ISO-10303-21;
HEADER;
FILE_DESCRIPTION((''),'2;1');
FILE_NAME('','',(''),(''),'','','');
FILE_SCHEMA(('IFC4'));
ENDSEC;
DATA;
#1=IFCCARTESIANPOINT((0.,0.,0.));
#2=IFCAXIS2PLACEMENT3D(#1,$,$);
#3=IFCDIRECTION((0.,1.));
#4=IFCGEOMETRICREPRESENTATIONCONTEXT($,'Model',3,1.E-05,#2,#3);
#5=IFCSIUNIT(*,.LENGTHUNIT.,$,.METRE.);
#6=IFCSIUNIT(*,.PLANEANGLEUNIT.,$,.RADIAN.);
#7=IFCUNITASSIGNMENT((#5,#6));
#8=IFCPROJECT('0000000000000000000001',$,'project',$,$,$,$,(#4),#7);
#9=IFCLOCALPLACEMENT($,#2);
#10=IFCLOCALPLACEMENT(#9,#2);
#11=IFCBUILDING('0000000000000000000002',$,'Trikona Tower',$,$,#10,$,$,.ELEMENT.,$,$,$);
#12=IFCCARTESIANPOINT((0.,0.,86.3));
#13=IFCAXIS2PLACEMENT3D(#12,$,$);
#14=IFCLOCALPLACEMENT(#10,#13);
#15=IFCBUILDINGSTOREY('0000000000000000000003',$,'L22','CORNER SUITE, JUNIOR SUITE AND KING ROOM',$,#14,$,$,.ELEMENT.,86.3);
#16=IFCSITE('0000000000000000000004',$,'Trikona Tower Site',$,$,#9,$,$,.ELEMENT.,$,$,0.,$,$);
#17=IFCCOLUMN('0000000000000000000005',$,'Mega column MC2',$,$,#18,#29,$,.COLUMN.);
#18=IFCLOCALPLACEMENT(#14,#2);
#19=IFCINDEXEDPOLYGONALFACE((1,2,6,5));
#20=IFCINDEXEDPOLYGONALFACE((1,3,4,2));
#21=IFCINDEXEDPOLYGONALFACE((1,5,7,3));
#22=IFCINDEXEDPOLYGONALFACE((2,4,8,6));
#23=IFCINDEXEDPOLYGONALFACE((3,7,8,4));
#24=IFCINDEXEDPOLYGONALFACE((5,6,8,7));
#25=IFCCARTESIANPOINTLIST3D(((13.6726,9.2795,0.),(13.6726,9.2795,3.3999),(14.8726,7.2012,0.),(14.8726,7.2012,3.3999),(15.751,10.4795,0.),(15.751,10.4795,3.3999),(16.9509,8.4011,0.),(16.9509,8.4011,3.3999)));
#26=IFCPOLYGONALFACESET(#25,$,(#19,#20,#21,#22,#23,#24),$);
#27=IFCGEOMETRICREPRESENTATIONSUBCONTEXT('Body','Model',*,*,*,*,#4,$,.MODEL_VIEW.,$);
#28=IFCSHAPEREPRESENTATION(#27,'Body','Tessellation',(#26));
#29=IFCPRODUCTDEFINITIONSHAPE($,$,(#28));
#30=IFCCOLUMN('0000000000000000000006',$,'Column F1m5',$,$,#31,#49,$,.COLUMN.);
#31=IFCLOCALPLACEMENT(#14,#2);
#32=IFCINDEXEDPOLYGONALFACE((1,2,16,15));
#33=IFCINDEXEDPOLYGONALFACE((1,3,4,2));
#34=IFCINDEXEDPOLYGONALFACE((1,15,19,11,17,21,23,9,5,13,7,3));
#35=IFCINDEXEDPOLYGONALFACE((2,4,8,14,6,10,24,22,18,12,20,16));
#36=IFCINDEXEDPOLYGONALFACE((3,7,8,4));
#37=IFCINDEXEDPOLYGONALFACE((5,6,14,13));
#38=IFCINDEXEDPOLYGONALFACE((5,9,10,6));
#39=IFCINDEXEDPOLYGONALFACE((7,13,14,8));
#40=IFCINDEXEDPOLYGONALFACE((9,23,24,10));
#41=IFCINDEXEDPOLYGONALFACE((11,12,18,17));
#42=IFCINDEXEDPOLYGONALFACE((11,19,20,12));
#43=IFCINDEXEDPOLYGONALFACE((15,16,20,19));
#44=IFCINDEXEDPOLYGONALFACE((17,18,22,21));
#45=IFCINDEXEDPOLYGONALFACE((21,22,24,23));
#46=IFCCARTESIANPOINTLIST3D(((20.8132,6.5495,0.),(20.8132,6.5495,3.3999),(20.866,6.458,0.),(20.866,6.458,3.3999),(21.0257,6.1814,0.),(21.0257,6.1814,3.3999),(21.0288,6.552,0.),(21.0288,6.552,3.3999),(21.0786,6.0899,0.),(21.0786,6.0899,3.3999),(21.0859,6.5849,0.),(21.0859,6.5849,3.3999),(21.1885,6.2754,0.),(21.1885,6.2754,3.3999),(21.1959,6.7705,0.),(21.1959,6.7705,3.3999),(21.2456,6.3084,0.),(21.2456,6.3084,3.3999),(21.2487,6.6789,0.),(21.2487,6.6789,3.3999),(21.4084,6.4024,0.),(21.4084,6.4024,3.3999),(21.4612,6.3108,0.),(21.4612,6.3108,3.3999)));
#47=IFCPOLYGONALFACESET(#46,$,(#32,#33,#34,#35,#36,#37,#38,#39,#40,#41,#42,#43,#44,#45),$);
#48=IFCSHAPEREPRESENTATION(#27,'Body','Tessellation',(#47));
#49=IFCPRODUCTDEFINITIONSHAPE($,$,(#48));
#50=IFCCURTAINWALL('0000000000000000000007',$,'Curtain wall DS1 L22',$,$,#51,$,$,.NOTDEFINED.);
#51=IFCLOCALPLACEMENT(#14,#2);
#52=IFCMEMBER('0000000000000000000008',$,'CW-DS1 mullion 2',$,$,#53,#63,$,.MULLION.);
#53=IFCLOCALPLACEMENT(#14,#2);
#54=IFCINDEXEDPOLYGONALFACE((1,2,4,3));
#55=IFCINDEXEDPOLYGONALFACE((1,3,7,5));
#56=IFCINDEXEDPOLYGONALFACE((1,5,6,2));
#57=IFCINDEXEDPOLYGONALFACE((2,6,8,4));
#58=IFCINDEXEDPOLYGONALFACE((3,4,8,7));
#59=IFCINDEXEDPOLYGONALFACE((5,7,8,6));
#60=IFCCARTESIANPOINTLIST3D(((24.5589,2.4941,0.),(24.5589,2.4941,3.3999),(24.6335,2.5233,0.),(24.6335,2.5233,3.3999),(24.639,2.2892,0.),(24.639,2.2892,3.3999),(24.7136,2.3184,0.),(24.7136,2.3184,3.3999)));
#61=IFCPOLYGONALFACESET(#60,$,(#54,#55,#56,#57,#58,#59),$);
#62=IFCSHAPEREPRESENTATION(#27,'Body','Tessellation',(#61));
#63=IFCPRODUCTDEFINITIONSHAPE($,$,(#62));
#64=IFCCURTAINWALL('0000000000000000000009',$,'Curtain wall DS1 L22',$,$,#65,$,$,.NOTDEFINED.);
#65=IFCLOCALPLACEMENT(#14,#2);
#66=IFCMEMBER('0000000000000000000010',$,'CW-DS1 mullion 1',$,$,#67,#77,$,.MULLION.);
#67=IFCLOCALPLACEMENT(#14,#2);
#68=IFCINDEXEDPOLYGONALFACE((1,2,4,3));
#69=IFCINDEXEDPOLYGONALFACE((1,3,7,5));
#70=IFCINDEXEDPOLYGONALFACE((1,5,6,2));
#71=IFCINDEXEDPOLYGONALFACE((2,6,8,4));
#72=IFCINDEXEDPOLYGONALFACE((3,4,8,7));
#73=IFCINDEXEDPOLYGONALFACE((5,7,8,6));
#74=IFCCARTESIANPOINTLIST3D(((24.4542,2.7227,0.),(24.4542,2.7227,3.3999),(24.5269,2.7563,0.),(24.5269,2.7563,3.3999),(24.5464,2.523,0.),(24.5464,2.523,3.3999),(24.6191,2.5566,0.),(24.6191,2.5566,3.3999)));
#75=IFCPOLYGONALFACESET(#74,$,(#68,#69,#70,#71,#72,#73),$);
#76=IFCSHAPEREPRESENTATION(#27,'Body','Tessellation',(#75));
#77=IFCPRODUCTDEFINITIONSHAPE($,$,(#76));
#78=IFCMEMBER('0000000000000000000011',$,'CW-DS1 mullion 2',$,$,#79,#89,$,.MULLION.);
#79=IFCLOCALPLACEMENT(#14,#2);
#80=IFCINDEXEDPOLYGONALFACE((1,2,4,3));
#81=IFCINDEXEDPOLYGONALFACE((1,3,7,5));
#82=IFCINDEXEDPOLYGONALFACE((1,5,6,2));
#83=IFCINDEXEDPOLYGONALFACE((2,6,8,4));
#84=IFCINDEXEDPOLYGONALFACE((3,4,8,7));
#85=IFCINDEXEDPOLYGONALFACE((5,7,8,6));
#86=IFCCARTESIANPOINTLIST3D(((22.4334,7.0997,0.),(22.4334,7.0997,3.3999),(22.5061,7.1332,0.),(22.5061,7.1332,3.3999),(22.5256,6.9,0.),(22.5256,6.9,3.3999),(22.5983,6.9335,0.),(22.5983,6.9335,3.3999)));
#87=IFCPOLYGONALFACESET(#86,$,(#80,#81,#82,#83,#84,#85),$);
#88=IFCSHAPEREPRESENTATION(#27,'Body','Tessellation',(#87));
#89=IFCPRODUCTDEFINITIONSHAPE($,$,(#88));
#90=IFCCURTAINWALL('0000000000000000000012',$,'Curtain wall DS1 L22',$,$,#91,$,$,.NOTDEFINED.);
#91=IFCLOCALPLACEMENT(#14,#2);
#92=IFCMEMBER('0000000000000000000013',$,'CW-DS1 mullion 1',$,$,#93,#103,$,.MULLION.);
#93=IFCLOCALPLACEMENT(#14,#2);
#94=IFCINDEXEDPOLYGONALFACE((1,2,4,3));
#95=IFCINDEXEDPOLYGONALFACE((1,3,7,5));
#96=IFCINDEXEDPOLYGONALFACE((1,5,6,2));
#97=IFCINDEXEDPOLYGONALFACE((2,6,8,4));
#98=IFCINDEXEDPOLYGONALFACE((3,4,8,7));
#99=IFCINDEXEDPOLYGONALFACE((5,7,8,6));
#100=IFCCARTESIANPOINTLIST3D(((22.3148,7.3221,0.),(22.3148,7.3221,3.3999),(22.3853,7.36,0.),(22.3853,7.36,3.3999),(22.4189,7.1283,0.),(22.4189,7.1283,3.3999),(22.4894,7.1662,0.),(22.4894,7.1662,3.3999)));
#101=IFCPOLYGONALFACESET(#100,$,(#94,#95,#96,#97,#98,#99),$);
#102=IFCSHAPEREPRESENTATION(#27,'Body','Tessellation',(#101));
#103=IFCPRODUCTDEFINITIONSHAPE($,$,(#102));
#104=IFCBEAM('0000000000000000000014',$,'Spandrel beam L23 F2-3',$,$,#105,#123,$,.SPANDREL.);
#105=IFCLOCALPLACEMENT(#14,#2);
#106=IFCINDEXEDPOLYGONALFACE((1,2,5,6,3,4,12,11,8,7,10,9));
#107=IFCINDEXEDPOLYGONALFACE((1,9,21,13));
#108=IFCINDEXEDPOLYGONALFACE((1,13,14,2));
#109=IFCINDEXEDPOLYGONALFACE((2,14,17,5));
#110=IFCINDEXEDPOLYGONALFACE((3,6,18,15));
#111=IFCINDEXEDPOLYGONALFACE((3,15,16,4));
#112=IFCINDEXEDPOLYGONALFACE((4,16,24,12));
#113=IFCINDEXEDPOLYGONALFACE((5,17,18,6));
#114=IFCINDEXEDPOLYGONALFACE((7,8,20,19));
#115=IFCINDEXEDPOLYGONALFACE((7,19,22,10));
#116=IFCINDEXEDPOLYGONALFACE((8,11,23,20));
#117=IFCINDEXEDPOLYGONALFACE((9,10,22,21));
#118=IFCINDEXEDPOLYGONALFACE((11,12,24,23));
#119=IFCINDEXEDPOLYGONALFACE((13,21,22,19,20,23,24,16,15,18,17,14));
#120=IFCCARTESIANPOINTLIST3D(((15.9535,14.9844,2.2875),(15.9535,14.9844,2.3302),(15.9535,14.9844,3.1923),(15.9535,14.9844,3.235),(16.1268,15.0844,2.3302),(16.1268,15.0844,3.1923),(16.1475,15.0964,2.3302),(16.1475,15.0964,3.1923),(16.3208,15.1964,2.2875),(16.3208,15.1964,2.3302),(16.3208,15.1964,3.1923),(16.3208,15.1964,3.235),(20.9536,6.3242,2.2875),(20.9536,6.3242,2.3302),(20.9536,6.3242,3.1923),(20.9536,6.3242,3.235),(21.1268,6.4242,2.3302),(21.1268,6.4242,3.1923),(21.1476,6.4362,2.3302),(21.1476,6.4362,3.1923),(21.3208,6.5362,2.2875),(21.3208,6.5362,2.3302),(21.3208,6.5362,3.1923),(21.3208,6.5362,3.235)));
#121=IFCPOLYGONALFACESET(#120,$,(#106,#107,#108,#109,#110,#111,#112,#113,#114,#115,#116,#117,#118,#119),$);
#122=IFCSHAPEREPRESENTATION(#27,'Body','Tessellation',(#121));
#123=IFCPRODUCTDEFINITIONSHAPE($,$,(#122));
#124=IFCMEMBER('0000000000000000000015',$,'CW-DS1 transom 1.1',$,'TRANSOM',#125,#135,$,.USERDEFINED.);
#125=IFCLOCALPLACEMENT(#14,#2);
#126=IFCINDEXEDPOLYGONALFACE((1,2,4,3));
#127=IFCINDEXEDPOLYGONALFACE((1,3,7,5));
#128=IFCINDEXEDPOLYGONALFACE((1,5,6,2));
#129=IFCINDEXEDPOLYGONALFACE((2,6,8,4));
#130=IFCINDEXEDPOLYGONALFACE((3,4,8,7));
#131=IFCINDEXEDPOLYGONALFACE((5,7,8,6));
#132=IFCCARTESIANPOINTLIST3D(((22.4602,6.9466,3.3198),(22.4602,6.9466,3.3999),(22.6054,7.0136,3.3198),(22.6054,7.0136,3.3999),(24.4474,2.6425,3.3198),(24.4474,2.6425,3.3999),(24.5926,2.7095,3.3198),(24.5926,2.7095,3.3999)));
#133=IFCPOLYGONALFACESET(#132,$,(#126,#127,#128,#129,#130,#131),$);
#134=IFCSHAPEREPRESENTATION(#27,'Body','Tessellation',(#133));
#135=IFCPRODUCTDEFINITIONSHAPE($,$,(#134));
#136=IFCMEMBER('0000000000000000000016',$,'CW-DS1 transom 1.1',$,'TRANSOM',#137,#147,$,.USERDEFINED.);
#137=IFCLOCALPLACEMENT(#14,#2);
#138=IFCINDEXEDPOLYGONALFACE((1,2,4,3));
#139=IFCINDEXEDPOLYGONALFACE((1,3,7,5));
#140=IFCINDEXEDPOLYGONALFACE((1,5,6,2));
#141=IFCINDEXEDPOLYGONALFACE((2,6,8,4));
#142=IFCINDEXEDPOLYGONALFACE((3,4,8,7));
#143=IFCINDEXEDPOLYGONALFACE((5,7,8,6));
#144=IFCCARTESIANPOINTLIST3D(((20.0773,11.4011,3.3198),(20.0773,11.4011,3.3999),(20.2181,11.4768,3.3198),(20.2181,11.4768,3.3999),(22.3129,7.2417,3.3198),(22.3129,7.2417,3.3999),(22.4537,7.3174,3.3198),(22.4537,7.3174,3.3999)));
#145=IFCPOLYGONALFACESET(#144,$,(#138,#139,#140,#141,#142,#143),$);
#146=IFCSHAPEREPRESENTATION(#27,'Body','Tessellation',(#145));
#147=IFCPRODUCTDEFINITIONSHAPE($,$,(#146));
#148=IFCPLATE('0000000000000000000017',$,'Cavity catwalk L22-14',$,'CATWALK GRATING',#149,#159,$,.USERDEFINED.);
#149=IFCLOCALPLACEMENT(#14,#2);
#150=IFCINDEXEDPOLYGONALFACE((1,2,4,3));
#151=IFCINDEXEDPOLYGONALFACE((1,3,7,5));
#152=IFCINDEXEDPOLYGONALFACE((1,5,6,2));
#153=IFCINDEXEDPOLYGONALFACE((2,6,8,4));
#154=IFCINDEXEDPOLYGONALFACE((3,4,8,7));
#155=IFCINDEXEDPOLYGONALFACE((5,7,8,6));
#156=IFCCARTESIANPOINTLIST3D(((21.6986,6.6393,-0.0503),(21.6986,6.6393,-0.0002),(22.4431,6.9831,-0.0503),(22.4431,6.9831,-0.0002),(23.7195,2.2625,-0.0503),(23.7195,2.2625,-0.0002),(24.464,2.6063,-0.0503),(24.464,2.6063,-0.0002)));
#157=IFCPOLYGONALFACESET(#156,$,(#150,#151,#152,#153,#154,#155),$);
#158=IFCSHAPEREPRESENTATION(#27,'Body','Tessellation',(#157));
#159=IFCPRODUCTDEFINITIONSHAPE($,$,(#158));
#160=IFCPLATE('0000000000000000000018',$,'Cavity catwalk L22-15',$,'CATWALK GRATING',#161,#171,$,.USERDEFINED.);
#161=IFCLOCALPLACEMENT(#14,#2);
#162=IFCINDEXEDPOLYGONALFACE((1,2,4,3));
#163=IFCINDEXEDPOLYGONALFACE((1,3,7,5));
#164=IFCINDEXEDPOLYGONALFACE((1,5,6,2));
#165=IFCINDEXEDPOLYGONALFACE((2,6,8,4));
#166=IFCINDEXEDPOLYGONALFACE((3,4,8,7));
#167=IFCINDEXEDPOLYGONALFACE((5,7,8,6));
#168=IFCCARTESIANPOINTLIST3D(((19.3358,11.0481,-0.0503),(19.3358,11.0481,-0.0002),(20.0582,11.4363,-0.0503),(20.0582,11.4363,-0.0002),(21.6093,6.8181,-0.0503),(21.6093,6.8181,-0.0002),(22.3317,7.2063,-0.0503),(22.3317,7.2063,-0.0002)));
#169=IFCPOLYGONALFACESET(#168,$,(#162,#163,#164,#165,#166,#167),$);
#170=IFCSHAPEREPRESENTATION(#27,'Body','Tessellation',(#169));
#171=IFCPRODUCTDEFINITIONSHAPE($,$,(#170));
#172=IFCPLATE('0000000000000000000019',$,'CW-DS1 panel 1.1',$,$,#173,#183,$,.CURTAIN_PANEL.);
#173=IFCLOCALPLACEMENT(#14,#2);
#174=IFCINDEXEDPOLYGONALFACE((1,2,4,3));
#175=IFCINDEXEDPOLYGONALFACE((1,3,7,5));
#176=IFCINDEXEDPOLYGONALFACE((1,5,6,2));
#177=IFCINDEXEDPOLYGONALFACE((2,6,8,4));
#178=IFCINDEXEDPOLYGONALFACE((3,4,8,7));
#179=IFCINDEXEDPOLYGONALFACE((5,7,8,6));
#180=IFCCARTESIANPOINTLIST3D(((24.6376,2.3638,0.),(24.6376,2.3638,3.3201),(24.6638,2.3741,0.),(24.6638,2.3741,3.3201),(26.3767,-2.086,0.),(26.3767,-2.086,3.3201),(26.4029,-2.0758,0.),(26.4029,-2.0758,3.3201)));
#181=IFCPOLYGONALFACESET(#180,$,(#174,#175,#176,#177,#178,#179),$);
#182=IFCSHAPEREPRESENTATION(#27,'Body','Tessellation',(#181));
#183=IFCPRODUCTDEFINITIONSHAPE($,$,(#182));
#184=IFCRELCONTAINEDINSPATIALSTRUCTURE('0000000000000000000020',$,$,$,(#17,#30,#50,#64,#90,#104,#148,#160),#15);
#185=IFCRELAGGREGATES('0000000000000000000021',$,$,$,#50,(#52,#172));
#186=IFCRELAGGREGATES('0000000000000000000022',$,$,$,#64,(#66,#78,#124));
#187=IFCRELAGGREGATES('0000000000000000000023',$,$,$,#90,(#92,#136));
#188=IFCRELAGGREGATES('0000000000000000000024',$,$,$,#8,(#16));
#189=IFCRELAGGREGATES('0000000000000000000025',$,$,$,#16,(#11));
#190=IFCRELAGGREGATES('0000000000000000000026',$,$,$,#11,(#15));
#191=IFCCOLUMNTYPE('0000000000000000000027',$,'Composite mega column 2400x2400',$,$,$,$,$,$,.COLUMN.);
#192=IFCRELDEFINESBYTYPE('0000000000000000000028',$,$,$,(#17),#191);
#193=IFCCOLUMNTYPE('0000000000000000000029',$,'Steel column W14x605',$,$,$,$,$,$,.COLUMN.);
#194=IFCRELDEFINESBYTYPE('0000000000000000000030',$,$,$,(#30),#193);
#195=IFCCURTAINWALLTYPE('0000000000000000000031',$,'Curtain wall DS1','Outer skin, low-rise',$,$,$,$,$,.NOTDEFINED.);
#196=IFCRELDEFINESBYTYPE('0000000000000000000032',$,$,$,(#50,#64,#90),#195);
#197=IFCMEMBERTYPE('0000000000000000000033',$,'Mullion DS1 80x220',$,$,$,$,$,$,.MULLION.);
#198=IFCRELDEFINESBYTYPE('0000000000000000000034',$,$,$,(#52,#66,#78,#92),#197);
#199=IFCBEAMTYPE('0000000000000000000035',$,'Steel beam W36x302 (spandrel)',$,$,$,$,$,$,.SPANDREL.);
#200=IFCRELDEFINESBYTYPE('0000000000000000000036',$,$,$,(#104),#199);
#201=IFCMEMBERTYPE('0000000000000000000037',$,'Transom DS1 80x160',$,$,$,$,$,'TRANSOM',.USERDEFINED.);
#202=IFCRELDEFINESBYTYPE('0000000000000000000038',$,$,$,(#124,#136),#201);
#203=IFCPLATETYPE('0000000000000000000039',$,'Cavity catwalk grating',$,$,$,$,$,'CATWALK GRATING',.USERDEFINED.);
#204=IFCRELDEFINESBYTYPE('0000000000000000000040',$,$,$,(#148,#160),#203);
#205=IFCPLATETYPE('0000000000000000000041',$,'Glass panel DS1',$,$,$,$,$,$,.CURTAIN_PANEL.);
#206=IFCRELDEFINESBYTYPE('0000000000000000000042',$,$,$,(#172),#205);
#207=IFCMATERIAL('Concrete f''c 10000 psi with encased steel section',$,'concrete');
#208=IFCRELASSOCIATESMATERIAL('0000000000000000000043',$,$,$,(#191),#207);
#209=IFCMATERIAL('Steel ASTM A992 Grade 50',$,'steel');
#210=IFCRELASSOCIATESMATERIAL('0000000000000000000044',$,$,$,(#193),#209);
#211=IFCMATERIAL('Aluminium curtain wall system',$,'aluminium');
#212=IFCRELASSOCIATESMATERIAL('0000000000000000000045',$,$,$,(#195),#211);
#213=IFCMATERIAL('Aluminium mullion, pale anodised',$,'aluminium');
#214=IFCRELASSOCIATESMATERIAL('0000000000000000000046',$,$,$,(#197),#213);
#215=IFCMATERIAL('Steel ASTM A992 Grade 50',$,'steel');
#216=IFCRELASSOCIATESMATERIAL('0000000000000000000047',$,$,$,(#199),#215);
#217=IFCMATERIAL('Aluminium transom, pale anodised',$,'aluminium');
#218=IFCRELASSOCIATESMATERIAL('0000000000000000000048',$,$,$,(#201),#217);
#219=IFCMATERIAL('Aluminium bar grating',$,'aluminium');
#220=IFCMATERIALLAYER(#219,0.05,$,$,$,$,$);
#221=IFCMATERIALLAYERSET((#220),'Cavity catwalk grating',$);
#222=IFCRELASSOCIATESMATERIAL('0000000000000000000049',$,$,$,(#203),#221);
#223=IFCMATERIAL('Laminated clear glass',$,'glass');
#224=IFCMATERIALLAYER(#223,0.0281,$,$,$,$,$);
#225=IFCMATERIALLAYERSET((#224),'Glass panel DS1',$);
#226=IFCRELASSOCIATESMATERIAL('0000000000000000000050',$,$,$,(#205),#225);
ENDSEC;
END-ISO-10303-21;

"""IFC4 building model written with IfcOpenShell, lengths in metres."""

from ifc_helpers import new_model, si_unit, direction, frame, origin, origin_2d, place, context, subcontext, project, spatial, rectangle, i_section, extrude, material, layer, layer_set, material_profile, profile_set, type_object, element, aggregate, save


model = new_model("IFC4")

# Units and contexts
model_context = context("Model", 3, precision=1e-05, world=origin(), true_north=direction((0.0, 1.0)))
body_context = subcontext(model_context, "Body", "Model", "MODEL_VIEW")
ifc_project = project(units=[si_unit("LENGTHUNIT", "METRE"), si_unit("PLANEANGLEUNIT", "RADIAN")], contexts=[model_context])

# Site, building, storey
site_placement = place(None, origin())
site = spatial("IfcSite", under=ifc_project, at=site_placement, Name="Trikona Tower Site", CompositionType="ELEMENT", RefElevation=0.0)
building_placement = place(site_placement, origin())
building = spatial("IfcBuilding", under=site, at=building_placement, Name="Trikona Tower", CompositionType="ELEMENT")
storey_placement = place(building_placement, frame((0.0, 0.0, 86.3)))
storey = spatial("IfcBuildingStorey", under=building, at=storey_placement, Name="L22", Description="CORNER SUITE, JUNIOR SUITE AND KING ROOM", CompositionType="ELEMENT", Elevation=86.3)

# Columns
ifc_material_1 = material(Name="Concrete f'c 10000 psi with encased steel section", Category="concrete")
ifc_material_profile_1 = material_profile(ifc_material_1, rectangle(XDim=2.3999, YDim=2.3999, at=origin_2d()), Name="MC2400")
ifc_profile_set_1 = profile_set([ifc_material_profile_1], Name="Concrete f'c 10000 psi with encased steel section")
column_type_1 = type_object("IfcColumnType", Name="Composite mega column 2400x2400", PredefinedType="COLUMN", material=ifc_profile_set_1)
column_1_placement = place(storey_placement, frame((15.3118, 8.8403, 0.0), z_axis=(0.0, 0.0, 1.0), x_axis=(0.866025, 0.5, 0.0)))
element("IfcColumn", 1, at=column_1_placement, inside=storey, type_object=column_type_1, Name="Mega column MC2", PredefinedType="COLUMN", context=body_context, shape_type="SweptSolid", body=[
    extrude(rectangle(XDim=2.3999, YDim=2.3999, at=origin_2d()), origin(), (0.0, 0.0, 1.0), 3.3999),
])
ifc_material_2 = material(Name="Steel ASTM A992 Grade 50", Category="steel")
ifc_material_profile_2 = material_profile(ifc_material_2, i_section(OverallWidth=0.4419, OverallDepth=0.5308, WebThickness=0.0659, FlangeThickness=0.1057, at=origin_2d()), Name="W14X605")
ifc_profile_set_2 = profile_set([ifc_material_profile_2], Name="Steel ASTM A992 Grade 50")
column_type_2 = type_object("IfcColumnType", Name="Steel column W14x605", PredefinedType="COLUMN", material=ifc_profile_set_2)
column_2_placement = place(storey_placement, frame((21.1372, 6.4302, 0.0), z_axis=(0.0, 0.0, 1.0), x_axis=(0.866025, 0.5, 0.0)))
element("IfcColumn", 2, at=column_2_placement, inside=storey, type_object=column_type_2, Name="Column F1m5", PredefinedType="COLUMN", context=body_context, shape_type="SweptSolid", body=[
    extrude(i_section(OverallWidth=0.4419, OverallDepth=0.5308, WebThickness=0.0659, FlangeThickness=0.1057, at=origin_2d()), origin(), (0.0, 0.0, 1.0), 3.3999),
])

# Curtain wall, member
ifc_material_3 = material(Name="Aluminium curtain wall system", Category="aluminium")
curtain_wall_type = type_object("IfcCurtainWallType", Name="Curtain wall DS1", Description="Outer skin, low-rise", PredefinedType="NOTDEFINED", material=ifc_material_3)
curtain_wall_1_placement = place(storey_placement, origin())
curtain_wall_1 = element("IfcCurtainWall", 3, at=curtain_wall_1_placement, inside=storey, type_object=curtain_wall_type, Name="Curtain wall DS1 L22", PredefinedType="NOTDEFINED")
ifc_material_4 = material(Name="Aluminium mullion, pale anodised", Category="aluminium")
ifc_material_profile_3 = material_profile(ifc_material_4, rectangle(XDim=0.0801, YDim=0.22, at=origin_2d()), Name="MUL-DS1")
ifc_profile_set_3 = profile_set([ifc_material_profile_3], Name="Aluminium mullion, pale anodised")
member_type_1 = type_object("IfcMemberType", Name="Mullion DS1 80x220", PredefinedType="MULLION", material=ifc_profile_set_3)
member_1_placement = place(storey_placement, frame((24.6362, 2.4062, 0.0), z_axis=(0.0, 0.0, 1.0), x_axis=(-0.931396, -0.364008, 0.0)))
member_1 = element("IfcMember", 4, at=member_1_placement, type_object=member_type_1, Name="CW-DS1 mullion 2", PredefinedType="MULLION", context=body_context, shape_type="SweptSolid", body=[
    extrude(rectangle(XDim=0.0801, YDim=0.22, at=origin_2d()), origin(), (0.0, 0.0, 1.0), 3.3999),
])

# Curtain wall, members
curtain_wall_2_placement = place(storey_placement, origin())
curtain_wall_2 = element("IfcCurtainWall", 5, at=curtain_wall_2_placement, inside=storey, type_object=curtain_wall_type, Name="Curtain wall DS1 L22", PredefinedType="NOTDEFINED")
member_2_placement = place(storey_placement, frame((24.5366, 2.6396, 0.0), z_axis=(0.0, 0.0, 1.0), x_axis=(-0.907898, -0.41919, 0.0)))
member_2 = element("IfcMember", 6, at=member_2_placement, type_object=member_type_1, Name="CW-DS1 mullion 1", PredefinedType="MULLION", context=body_context, shape_type="SweptSolid", body=[
    extrude(rectangle(XDim=0.0801, YDim=0.22, at=origin_2d()), origin(), (0.0, 0.0, 1.0), 3.3999),
])
member_3_placement = place(storey_placement, frame((22.5159, 7.0166, 0.0), z_axis=(0.0, 0.0, 1.0), x_axis=(-0.907898, -0.41919, 0.0)))
member_3 = element("IfcMember", 7, at=member_3_placement, type_object=member_type_1, Name="CW-DS1 mullion 2", PredefinedType="MULLION", context=body_context, shape_type="SweptSolid", body=[
    extrude(rectangle(XDim=0.0801, YDim=0.22, at=origin_2d()), origin(), (0.0, 0.0, 1.0), 3.3999),
])

# Curtain wall, member
curtain_wall_3_placement = place(storey_placement, origin())
curtain_wall_3 = element("IfcCurtainWall", 8, at=curtain_wall_3_placement, inside=storey, type_object=curtain_wall_type, Name="Curtain wall DS1 L22", PredefinedType="NOTDEFINED")
member_4_placement = place(storey_placement, frame((22.4021, 7.2441, 0.0), z_axis=(0.0, 0.0, 1.0), x_axis=(-0.880843, -0.473408, 0.0)))
member_4 = element("IfcMember", 9, at=member_4_placement, type_object=member_type_1, Name="CW-DS1 mullion 1", PredefinedType="MULLION", context=body_context, shape_type="SweptSolid", body=[
    extrude(rectangle(XDim=0.0801, YDim=0.22, at=origin_2d()), origin(), (0.0, 0.0, 1.0), 3.3999),
])

# Beam
ifc_material_5 = material(Name="Steel ASTM A992 Grade 50", Category="steel")
ifc_material_profile_4 = material_profile(ifc_material_5, i_section(OverallWidth=0.4241, OverallDepth=0.9475, WebThickness=0.0239, FlangeThickness=0.0427, at=origin_2d()), Name="W36X302")
ifc_profile_set_4 = profile_set([ifc_material_profile_4], Name="Steel ASTM A992 Grade 50")
beam_type = type_object("IfcBeamType", Name="Steel beam W36x302 (spandrel)", PredefinedType="SPANDREL", material=ifc_profile_set_4)
beam_placement = place(storey_placement, frame((21.1372, 6.4302, 2.7612), z_axis=(-0.500004, 0.866023, 0.0), x_axis=(-0.866023, -0.500004, 0.0)))
element("IfcBeam", 10, at=beam_placement, inside=storey, type_object=beam_type, Name="Spandrel beam L23 F2-3", PredefinedType="SPANDREL", context=body_context, shape_type="SweptSolid", body=[
    extrude(i_section(OverallWidth=0.4241, OverallDepth=0.9475, WebThickness=0.0239, FlangeThickness=0.0427, at=origin_2d()), origin(), (0.0, 0.0, 1.0), 10.0),
])

# Members
ifc_material_6 = material(Name="Aluminium transom, pale anodised", Category="aluminium")
ifc_material_profile_5 = material_profile(ifc_material_6, rectangle(XDim=0.1599, YDim=0.0801, at=origin_2d()), Name="TRN-DS1")
ifc_profile_set_5 = profile_set([ifc_material_profile_5], Name="Aluminium transom, pale anodised")
member_type_2 = type_object("IfcMemberType", Name="Transom DS1 80x160", ElementType="TRANSOM", PredefinedType="USERDEFINED", material=ifc_profile_set_5)
member_5_placement = place(storey_placement, frame((24.52, 2.676, 3.3599), z_axis=(-0.419189, 0.907899, 0.0), x_axis=(-0.907899, -0.419189, 0.0)))
member_5 = element("IfcMember", 11, at=member_5_placement, type_object=member_type_2, Name="CW-DS1 transom 1.1", ObjectType="TRANSOM", PredefinedType="USERDEFINED", context=body_context, shape_type="SweptSolid", body=[
    extrude(rectangle(XDim=0.1599, YDim=0.0801, at=origin_2d()), origin(), (0.0, 0.0, 1.0), 4.7407),
])
member_6_placement = place(storey_placement, frame((22.3833, 7.2795, 3.3599), z_axis=(-0.473428, 0.880833, 0.0), x_axis=(-0.880833, -0.473428, 0.0)))
member_6 = element("IfcMember", 12, at=member_6_placement, type_object=member_type_2, Name="CW-DS1 transom 1.1", ObjectType="TRANSOM", PredefinedType="USERDEFINED", context=body_context, shape_type="SweptSolid", body=[
    extrude(rectangle(XDim=0.1599, YDim=0.0801, at=origin_2d()), origin(), (0.0, 0.0, 1.0), 4.7222),
])

# Plates
ifc_material_7 = material(Name="Aluminium bar grating", Category="aluminium")
ifc_layer_1 = layer(ifc_material_7, 0.05)
ifc_layer_set_1 = layer_set([ifc_layer_1], Name="Cavity catwalk grating")
plate_type_1 = type_object("IfcPlateType", Name="Cavity catwalk grating", ElementType="CATWALK GRATING", PredefinedType="USERDEFINED", material=ifc_layer_set_1)
plate_1_placement = place(storey_placement, frame((23.0813, 4.6228, -0.0503), z_axis=(0.0, 0.0, 1.0), x_axis=(-0.419194, 0.907897, 0.0)))
element("IfcPlate", 13, at=plate_1_placement, inside=storey, type_object=plate_type_1, Name="Cavity catwalk L22-14", ObjectType="CATWALK GRATING", PredefinedType="USERDEFINED", context=body_context, shape_type="SweptSolid", body=[
    extrude(rectangle(XDim=4.8208, YDim=0.8201, at=origin_2d()), origin(), (0.0, 0.0, 1.0), 0.05),
])
plate_2_placement = place(storey_placement, frame((20.8337, 9.1272, -0.0503), z_axis=(0.0, 0.0, 1.0), x_axis=(-0.473423, 0.880835, 0.0)))
element("IfcPlate", 14, at=plate_2_placement, inside=storey, type_object=plate_type_1, Name="Cavity catwalk L22-15", ObjectType="CATWALK GRATING", PredefinedType="USERDEFINED", context=body_context, shape_type="SweptSolid", body=[
    extrude(rectangle(XDim=4.8022, YDim=0.8201, at=origin_2d()), origin(), (0.0, 0.0, 1.0), 0.05),
])

# Plate
ifc_material_8 = material(Name="Laminated clear glass", Category="glass")
ifc_layer_2 = layer(ifc_material_8, 0.0281)
ifc_layer_set_2 = layer_set([ifc_layer_2], Name="Glass panel DS1")
plate_type_2 = type_object("IfcPlateType", Name="Glass panel DS1", PredefinedType="CURTAIN_PANEL", material=ifc_layer_set_2)
plate_3_placement = place(storey_placement, frame((25.5203, 0.144, 0.0), z_axis=(0.0, 0.0, 1.0), x_axis=(-0.364008, 0.931396, 0.0)))
plate_3 = element("IfcPlate", 15, at=plate_3_placement, type_object=plate_type_2, Name="CW-DS1 panel 1.1", PredefinedType="CURTAIN_PANEL", context=body_context, shape_type="SweptSolid", body=[
    extrude(rectangle(XDim=4.7776, YDim=0.0281, at=origin_2d()), origin(), (0.0, 0.0, 1.0), 3.3201),
])
aggregate(curtain_wall_1, [member_1, plate_3])
aggregate(curtain_wall_2, [member_2, member_3, member_5])
aggregate(curtain_wall_3, [member_4, member_6])

save(model, "model.ifc")
